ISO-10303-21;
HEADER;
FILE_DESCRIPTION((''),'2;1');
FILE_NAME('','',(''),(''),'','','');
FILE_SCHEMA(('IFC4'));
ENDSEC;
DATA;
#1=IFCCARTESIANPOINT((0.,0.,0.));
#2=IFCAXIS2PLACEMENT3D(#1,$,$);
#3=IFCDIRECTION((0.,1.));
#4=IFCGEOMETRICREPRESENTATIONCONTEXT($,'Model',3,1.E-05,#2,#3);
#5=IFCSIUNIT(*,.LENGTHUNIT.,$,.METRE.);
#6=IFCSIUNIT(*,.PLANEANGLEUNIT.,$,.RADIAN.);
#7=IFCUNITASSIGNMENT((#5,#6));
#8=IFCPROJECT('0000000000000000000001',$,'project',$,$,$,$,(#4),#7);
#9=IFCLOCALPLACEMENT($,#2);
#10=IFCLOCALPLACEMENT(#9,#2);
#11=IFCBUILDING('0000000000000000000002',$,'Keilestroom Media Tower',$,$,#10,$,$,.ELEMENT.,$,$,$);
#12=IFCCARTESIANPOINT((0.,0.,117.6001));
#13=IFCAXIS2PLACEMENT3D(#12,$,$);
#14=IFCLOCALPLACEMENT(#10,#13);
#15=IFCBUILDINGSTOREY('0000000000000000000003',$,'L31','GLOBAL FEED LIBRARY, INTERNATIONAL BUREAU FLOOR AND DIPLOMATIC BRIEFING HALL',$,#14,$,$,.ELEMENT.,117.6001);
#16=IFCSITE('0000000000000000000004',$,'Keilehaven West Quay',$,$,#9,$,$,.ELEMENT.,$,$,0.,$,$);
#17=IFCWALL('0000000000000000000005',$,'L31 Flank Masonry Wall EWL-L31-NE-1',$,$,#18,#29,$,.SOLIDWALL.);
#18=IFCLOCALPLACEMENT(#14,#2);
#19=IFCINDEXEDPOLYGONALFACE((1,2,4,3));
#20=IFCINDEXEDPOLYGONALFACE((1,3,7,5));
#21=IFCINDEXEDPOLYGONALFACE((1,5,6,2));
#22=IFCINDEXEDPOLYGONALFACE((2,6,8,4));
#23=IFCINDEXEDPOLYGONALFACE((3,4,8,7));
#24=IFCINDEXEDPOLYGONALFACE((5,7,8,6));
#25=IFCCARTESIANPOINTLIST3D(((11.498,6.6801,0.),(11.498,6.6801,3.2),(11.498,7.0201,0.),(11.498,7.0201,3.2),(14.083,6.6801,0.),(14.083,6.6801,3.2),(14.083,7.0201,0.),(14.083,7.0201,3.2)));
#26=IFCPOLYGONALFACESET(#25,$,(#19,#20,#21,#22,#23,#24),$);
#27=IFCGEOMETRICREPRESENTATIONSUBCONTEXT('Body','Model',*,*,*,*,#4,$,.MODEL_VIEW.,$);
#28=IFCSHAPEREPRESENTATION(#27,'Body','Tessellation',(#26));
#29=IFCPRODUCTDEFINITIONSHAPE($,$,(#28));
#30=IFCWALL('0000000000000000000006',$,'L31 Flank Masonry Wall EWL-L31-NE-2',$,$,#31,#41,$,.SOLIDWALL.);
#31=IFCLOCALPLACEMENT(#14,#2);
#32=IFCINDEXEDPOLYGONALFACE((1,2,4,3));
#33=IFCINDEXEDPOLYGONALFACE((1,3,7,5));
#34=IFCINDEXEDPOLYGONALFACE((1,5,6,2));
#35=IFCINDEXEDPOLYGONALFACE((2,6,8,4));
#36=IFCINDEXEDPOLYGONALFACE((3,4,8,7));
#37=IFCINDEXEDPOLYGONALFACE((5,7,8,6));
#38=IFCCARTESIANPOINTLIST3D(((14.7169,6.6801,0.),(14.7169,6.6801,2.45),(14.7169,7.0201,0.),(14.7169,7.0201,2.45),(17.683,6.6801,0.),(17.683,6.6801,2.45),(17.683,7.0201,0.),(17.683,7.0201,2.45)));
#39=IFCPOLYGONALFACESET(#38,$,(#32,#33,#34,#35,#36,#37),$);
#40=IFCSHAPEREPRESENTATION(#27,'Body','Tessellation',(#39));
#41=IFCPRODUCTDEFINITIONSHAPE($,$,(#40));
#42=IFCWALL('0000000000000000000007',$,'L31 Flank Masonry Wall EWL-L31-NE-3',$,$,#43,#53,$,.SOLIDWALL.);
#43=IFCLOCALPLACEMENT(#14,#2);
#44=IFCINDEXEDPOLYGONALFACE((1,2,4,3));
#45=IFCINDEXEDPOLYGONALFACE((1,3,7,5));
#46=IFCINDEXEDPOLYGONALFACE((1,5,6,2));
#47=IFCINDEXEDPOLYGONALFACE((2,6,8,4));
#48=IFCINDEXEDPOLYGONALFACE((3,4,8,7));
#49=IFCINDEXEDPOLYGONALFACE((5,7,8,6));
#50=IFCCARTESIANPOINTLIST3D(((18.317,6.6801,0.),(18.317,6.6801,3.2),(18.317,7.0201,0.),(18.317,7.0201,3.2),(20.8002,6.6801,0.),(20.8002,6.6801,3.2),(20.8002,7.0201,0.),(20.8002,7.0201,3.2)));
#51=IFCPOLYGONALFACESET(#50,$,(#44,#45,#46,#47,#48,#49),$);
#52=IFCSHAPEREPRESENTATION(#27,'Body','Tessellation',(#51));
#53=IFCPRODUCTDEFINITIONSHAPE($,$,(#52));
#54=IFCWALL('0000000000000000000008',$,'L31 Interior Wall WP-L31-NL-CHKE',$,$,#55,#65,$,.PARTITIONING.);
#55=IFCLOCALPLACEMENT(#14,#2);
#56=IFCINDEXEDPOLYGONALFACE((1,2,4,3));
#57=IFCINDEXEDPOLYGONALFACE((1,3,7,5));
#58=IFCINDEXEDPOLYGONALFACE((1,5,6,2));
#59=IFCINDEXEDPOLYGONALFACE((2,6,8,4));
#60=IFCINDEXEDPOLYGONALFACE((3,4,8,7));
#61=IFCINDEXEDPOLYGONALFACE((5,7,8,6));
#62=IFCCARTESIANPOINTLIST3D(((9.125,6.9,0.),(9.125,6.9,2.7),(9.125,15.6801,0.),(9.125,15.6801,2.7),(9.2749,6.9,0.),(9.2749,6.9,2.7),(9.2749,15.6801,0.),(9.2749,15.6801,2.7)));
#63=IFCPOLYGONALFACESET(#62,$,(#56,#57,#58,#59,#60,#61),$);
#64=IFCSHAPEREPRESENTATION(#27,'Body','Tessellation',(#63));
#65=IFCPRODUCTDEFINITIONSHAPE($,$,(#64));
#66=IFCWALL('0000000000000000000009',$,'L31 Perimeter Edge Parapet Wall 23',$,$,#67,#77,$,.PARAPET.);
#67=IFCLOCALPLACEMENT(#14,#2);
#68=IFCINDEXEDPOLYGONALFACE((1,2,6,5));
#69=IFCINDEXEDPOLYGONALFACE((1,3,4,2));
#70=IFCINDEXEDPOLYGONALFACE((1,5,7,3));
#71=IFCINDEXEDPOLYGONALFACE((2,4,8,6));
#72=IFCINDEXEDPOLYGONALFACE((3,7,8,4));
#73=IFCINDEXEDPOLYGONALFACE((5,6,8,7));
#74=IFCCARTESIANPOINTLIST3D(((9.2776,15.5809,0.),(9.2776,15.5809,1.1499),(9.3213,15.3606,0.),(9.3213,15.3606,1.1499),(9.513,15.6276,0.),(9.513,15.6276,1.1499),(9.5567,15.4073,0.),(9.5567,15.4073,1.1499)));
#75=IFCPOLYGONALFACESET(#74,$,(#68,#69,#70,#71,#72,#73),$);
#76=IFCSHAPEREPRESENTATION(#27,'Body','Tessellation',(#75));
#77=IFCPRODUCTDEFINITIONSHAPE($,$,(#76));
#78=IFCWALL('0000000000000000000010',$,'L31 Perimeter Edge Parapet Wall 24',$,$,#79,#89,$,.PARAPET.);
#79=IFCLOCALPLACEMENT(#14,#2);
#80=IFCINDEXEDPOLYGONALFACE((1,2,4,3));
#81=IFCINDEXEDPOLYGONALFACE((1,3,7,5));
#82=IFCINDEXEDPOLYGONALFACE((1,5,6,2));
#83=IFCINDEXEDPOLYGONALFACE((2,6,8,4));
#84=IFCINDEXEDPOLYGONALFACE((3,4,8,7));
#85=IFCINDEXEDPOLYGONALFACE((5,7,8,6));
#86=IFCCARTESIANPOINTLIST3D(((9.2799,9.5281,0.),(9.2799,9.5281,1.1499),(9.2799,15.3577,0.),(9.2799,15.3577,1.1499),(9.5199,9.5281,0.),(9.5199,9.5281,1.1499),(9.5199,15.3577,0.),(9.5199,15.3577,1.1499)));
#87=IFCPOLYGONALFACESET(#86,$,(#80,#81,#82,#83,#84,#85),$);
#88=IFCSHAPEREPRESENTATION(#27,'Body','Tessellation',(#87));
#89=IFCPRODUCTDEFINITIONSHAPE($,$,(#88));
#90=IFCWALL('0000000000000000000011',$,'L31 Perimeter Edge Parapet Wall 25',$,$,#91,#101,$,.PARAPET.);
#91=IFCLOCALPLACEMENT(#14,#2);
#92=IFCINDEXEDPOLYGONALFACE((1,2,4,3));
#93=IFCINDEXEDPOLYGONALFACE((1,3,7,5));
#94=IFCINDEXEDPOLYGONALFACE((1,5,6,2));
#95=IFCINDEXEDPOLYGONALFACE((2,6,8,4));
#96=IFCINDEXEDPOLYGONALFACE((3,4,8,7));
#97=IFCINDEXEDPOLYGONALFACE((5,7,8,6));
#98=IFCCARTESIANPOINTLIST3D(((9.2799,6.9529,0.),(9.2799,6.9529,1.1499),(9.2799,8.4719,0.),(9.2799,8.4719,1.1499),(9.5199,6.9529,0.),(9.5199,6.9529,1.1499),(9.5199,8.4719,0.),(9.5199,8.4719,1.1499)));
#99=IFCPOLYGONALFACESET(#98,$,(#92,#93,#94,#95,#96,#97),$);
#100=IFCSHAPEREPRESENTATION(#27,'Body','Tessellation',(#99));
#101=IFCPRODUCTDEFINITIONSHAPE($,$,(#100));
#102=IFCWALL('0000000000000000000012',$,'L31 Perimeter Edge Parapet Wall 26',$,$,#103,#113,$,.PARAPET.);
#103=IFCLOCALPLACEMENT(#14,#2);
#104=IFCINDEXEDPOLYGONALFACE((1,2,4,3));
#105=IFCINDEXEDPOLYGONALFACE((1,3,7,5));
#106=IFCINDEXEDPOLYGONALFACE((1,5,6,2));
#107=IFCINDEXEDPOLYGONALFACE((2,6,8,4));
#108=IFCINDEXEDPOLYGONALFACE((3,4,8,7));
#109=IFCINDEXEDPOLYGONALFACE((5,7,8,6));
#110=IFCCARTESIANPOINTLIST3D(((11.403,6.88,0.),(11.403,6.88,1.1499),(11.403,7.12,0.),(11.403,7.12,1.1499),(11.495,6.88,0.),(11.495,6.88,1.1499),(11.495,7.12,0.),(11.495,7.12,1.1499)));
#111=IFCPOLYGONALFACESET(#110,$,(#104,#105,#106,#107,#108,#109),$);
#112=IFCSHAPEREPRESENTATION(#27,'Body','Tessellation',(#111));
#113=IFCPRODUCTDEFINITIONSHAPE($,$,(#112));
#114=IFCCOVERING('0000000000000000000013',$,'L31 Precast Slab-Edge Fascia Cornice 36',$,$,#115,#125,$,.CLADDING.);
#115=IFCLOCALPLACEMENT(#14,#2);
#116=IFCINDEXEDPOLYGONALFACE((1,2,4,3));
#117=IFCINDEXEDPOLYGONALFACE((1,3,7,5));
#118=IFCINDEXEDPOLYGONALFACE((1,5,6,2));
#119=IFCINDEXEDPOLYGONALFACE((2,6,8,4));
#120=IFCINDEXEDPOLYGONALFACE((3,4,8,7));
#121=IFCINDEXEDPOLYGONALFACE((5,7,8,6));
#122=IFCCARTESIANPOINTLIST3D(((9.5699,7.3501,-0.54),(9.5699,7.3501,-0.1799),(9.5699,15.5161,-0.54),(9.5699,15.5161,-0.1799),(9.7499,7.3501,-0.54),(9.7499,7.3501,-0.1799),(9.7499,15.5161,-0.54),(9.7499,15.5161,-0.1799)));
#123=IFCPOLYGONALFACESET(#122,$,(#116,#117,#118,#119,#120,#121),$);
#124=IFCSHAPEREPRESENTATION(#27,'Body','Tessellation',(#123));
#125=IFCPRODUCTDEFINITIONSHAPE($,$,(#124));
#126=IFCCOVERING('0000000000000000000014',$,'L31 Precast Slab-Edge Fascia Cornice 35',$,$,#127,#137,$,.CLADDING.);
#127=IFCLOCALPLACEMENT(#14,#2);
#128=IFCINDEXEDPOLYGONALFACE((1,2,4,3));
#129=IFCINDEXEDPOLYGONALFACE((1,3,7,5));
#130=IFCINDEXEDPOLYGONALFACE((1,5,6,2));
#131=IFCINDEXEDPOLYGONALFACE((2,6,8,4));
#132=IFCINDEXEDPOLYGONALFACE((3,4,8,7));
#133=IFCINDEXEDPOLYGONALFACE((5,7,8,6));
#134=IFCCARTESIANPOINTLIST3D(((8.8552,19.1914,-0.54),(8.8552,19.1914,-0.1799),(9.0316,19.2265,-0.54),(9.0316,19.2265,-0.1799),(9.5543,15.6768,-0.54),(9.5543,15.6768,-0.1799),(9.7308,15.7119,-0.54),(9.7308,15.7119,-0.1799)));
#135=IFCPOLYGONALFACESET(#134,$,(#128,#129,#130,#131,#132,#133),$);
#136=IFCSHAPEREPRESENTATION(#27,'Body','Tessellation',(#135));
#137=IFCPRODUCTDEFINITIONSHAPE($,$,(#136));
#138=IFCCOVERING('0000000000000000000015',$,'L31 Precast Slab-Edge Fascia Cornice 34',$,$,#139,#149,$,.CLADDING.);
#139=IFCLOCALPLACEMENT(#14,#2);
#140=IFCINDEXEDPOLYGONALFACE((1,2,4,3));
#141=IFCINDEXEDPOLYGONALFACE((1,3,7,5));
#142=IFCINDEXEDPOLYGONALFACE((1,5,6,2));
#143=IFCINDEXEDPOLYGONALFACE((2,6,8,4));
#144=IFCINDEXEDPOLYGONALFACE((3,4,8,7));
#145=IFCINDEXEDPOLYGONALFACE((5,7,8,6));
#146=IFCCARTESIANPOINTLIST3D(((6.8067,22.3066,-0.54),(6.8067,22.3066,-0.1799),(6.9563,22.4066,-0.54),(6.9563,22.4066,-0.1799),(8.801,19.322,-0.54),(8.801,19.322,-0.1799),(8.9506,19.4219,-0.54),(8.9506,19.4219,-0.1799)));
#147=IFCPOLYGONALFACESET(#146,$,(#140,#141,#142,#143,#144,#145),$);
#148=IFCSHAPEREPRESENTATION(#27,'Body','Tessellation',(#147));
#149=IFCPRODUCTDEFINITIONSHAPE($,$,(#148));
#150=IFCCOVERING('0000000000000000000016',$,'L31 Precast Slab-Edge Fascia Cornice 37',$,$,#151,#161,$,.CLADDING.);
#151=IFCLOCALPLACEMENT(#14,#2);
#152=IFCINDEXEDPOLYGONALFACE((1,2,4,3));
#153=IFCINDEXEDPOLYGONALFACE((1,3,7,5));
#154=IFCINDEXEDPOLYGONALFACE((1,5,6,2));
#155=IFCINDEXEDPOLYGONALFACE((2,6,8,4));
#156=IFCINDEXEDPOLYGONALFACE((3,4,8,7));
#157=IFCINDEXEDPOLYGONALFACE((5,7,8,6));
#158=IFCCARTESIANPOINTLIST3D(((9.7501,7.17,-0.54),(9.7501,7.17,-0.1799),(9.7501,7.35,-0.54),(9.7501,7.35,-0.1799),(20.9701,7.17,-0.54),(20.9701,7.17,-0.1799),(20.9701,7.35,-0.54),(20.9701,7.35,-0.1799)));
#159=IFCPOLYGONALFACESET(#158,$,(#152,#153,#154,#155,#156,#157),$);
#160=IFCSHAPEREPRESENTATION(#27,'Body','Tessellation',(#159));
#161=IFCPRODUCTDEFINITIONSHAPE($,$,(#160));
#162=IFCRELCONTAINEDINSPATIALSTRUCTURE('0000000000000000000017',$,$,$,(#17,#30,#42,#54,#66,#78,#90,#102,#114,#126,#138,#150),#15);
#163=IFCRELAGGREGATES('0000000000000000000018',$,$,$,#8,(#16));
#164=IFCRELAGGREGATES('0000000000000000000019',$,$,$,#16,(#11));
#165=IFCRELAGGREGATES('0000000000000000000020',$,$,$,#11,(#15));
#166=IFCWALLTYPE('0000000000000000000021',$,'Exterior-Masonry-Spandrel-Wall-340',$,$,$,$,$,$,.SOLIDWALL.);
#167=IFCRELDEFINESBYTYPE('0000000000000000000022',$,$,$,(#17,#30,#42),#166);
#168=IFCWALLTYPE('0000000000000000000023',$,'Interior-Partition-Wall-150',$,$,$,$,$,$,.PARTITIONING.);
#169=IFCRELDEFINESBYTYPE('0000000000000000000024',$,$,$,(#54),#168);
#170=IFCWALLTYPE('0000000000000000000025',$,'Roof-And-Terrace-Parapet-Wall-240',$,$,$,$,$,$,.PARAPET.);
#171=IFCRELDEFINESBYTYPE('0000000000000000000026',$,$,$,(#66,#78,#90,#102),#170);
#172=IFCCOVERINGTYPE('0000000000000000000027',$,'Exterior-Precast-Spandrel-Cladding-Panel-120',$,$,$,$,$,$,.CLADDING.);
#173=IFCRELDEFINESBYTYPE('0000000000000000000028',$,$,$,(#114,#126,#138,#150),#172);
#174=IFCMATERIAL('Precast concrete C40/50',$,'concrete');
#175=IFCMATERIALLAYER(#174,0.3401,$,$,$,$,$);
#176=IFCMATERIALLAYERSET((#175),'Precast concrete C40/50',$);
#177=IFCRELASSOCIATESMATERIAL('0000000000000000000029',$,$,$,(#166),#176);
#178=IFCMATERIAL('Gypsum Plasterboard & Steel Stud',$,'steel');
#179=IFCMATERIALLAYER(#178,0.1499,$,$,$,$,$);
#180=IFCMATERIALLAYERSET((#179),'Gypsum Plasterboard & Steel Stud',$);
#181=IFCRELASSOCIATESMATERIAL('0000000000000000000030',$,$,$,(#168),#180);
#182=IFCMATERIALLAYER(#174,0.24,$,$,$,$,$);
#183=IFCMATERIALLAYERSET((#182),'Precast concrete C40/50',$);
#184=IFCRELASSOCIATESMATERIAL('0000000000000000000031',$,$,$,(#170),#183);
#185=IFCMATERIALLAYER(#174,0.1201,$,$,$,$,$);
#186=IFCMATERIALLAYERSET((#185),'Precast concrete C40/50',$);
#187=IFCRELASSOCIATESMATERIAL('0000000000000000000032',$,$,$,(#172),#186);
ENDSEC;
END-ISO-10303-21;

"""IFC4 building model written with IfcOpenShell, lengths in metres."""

from ifc_helpers import new_model, si_unit, direction, frame, frame_2d, origin, origin_2d, place, context, subcontext, project, spatial, rectangle, extrude, source, transform, mapped, material, layer, layer_set, type_object, element, save


model = new_model("IFC4")

# Units and contexts
model_context = context("Model", 3, precision=1e-05, world=origin(), true_north=direction((0.0, 1.0)))
body_context = subcontext(model_context, "Body", "Model", "MODEL_VIEW")
ifc_project = project(units=[si_unit("LENGTHUNIT", "METRE"), si_unit("PLANEANGLEUNIT", "RADIAN")], contexts=[model_context])

# Site, building, storey
site_placement = place(None, origin())
site = spatial("IfcSite", under=ifc_project, at=site_placement, Name="Keilehaven West Quay", CompositionType="ELEMENT", RefElevation=0.0)
building_placement = place(site_placement, origin())
building = spatial("IfcBuilding", under=site, at=building_placement, Name="Keilestroom Media Tower", CompositionType="ELEMENT")
storey_placement = place(building_placement, frame((0.0, 0.0, 117.6001)))
storey = spatial("IfcBuildingStorey", under=building, at=storey_placement, Name="L31", Description="GLOBAL FEED LIBRARY, INTERNATIONAL BUREAU FLOOR AND DIPLOMATIC BRIEFING HALL", CompositionType="ELEMENT", Elevation=117.6001)

# Shared definitions
ifc_material_1 = material(Name="Precast concrete C40/50", Category="concrete")

# Walls
ifc_layer_1 = layer(ifc_material_1, 0.3401)
ifc_layer_set_1 = layer_set([ifc_layer_1], Name="Precast concrete C40/50")
wall_type_1 = type_object("IfcWallType", Name="Exterior-Masonry-Spandrel-Wall-340", PredefinedType="SOLIDWALL", material=ifc_layer_set_1)
wall_1_placement = place(storey_placement, frame((11.498, 6.8501, 0.0), z_axis=(0.0, 0.0, 1.0), x_axis=(1.0, 0.0, 0.0)))
element("IfcWall", 1, at=wall_1_placement, inside=storey, type_object=wall_type_1, Name="L31 Flank Masonry Wall EWL-L31-NE-1", PredefinedType="SOLIDWALL", context=body_context, shape_type="SweptSolid", body=[
    extrude(rectangle(XDim=2.585, YDim=0.3401, at=frame_2d((1.2925, 0.0))), origin(), (0.0, 0.0, 1.0), 3.2),
])
wall_2_placement = place(storey_placement, frame((14.717, 6.8501, 0.0), z_axis=(0.0, 0.0, 1.0), x_axis=(1.0, 0.0, 0.0)))
element("IfcWall", 2, at=wall_2_placement, inside=storey, type_object=wall_type_1, Name="L31 Flank Masonry Wall EWL-L31-NE-2", PredefinedType="SOLIDWALL", context=body_context, shape_type="SweptSolid", body=[
    extrude(rectangle(XDim=2.9661, YDim=0.3401, at=frame_2d((1.4829, 0.0))), origin(), (0.0, 0.0, 1.0), 2.45),
])
wall_3_placement = place(storey_placement, frame((18.3169, 6.8501, 0.0), z_axis=(0.0, 0.0, 1.0), x_axis=(1.0, 0.0, 0.0)))
element("IfcWall", 3, at=wall_3_placement, inside=storey, type_object=wall_type_1, Name="L31 Flank Masonry Wall EWL-L31-NE-3", PredefinedType="SOLIDWALL", context=body_context, shape_type="SweptSolid", body=[
    extrude(rectangle(XDim=2.4832, YDim=0.3401, at=frame_2d((1.2417, 0.0))), origin(), (0.0, 0.0, 1.0), 3.2),
])
ifc_material_2 = material(Name="Gypsum Plasterboard & Steel Stud", Category="steel")
ifc_layer_2 = layer(ifc_material_2, 0.1499)
ifc_layer_set_2 = layer_set([ifc_layer_2], Name="Gypsum Plasterboard & Steel Stud")
wall_type_2 = type_object("IfcWallType", Name="Interior-Partition-Wall-150", PredefinedType="PARTITIONING", material=ifc_layer_set_2)
wall_4_placement = place(storey_placement, frame((9.2, 6.8999, 0.0), z_axis=(0.0, 0.0, 1.0), x_axis=(0.0, 1.0, 0.0)))
element("IfcWall", 4, at=wall_4_placement, inside=storey, type_object=wall_type_2, Name="L31 Interior Wall WP-L31-NL-CHKE", PredefinedType="PARTITIONING", context=body_context, shape_type="SweptSolid", body=[
    extrude(rectangle(XDim=8.78, YDim=0.1499, at=frame_2d((4.3901, 0.0))), origin(), (0.0, 0.0, 1.0), 2.7),
])
ifc_layer_3 = layer(ifc_material_1, 0.24)
ifc_layer_set_3 = layer_set([ifc_layer_3], Name="Precast concrete C40/50")
wall_type_3 = type_object("IfcWallType", Name="Roof-And-Terrace-Parapet-Wall-240", PredefinedType="PARAPET", material=ifc_layer_set_3)
wall_5_placement = place(storey_placement, frame((9.3953, 15.6042, 0.0), z_axis=(0.0, 0.0, 1.0), x_axis=(0.194652, -0.980872, 0.0)))
element("IfcWall", 5, at=wall_5_placement, inside=storey, type_object=wall_type_3, Name="L31 Perimeter Edge Parapet Wall 23", PredefinedType="PARAPET", context=body_context, shape_type="SweptSolid", body=[
    extrude(rectangle(XDim=0.2246, YDim=0.24, at=frame_2d((0.1123, 0.0))), origin(), (0.0, 0.0, 1.0), 1.1499),
])
wall_6_placement = place(storey_placement, frame((9.3999, 15.3577, 0.0), z_axis=(0.0, 0.0, 1.0), x_axis=(0.0, -1.0, 0.0)))
element("IfcWall", 6, at=wall_6_placement, inside=storey, type_object=wall_type_3, Name="L31 Perimeter Edge Parapet Wall 24", PredefinedType="PARAPET", context=body_context, shape_type="SweptSolid", body=[
    extrude(rectangle(XDim=5.8296, YDim=0.24, at=frame_2d((2.9148, 0.0))), origin(), (0.0, 0.0, 1.0), 1.1499),
])
wall_7_placement = place(storey_placement, frame((9.3999, 8.4719, 0.0), z_axis=(0.0, 0.0, 1.0), x_axis=(0.0, -1.0, 0.0)))
element("IfcWall", 7, at=wall_7_placement, inside=storey, type_object=wall_type_3, Name="L31 Perimeter Edge Parapet Wall 25", PredefinedType="PARAPET", context=body_context, shape_type="SweptSolid", body=[
    extrude(rectangle(XDim=1.519, YDim=0.24, at=frame_2d((0.7595, 0.0))), origin(), (0.0, 0.0, 1.0), 1.1499),
])
wall_8_placement = place(storey_placement, frame((11.4031, 7.0, 0.0), z_axis=(0.0, 0.0, 1.0), x_axis=(1.0, 0.0, 0.0)))
element("IfcWall", 8, at=wall_8_placement, inside=storey, type_object=wall_type_3, Name="L31 Perimeter Edge Parapet Wall 26", PredefinedType="PARAPET", context=body_context, shape_type="SweptSolid", body=[
    extrude(rectangle(XDim=0.092, YDim=0.24, at=frame_2d((0.0459, 0.0))), origin(), (0.0, 0.0, 1.0), 1.1499),
])

# Coverings
ifc_layer_4 = layer(ifc_material_1, 0.1201)
ifc_layer_set_4 = layer_set([ifc_layer_4], Name="Precast concrete C40/50")
covering_type = type_object("IfcCoveringType", Name="Exterior-Precast-Spandrel-Cladding-Panel-120", PredefinedType="CLADDING", material=ifc_layer_set_4)
shared_shape_1 = source(origin(), body_context, "Body", "SweptSolid", [
    extrude(rectangle(XDim=8.166, YDim=0.1799, at=origin_2d()), origin(), (0.0, 0.0, 1.0), 0.3601),
])
covering_1_placement = place(storey_placement, frame((9.6599, 11.4331, -0.54), z_axis=(0.0, 0.0, 1.0), x_axis=(0.0, -1.0, 0.0)))
element("IfcCovering", 9, at=covering_1_placement, inside=storey, type_object=covering_type, Name="L31 Precast Slab-Edge Fascia Cornice 36", PredefinedType="CLADDING", context=body_context, shape_type="MappedRepresentation", body=[
    mapped(shared_shape_1, transform((0.0, 0.0, 0.0), x_axis=(1.0, 0.0, 0.0), y_axis=(0.0, 1.0, 0.0), z_axis=(0.0, 0.0, 1.0), scale=1.0)),
])
shared_shape_2 = source(origin(), body_context, "Body", "SweptSolid", [
    extrude(rectangle(XDim=3.5835, YDim=0.1799, at=origin_2d()), origin(), (0.0, 0.0, 1.0), 0.3601),
])
covering_2_placement = place(storey_placement, frame((9.293, 17.4517, -0.54), z_axis=(0.0, 0.0, 1.0), x_axis=(0.195099, -0.980784, 0.0)))
element("IfcCovering", 10, at=covering_2_placement, inside=storey, type_object=covering_type, Name="L31 Precast Slab-Edge Fascia Cornice 35", PredefinedType="CLADDING", context=body_context, shape_type="MappedRepresentation", body=[
    mapped(shared_shape_2, transform((0.0, 0.0, 0.0), x_axis=(1.0, 0.0, 0.0), y_axis=(0.0, 1.0, 0.0), z_axis=(0.0, 0.0, 1.0), scale=1.0)),
])
shared_shape_3 = source(origin(), body_context, "Body", "SweptSolid", [
    extrude(rectangle(XDim=3.5896, YDim=0.1799, at=origin_2d()), origin(), (0.0, 0.0, 1.0), 0.3601),
])
covering_3_placement = place(storey_placement, frame((7.8787, 20.8643, -0.54), z_axis=(0.0, 0.0, 1.0), x_axis=(0.555575, -0.831467, 0.0)))
element("IfcCovering", 11, at=covering_3_placement, inside=storey, type_object=covering_type, Name="L31 Precast Slab-Edge Fascia Cornice 34", PredefinedType="CLADDING", context=body_context, shape_type="MappedRepresentation", body=[
    mapped(shared_shape_3, transform((0.0, 0.0, 0.0), x_axis=(1.0, 0.0, 0.0), y_axis=(0.0, 1.0, 0.0), z_axis=(0.0, 0.0, 1.0), scale=1.0)),
])
shared_shape_4 = source(origin(), body_context, "Body", "SweptSolid", [
    extrude(rectangle(XDim=11.22, YDim=0.1799, at=origin_2d()), origin(), (0.0, 0.0, 1.0), 0.3601),
])
covering_4_placement = place(storey_placement, frame((15.3601, 7.26, -0.54), z_axis=(0.0, 0.0, 1.0), x_axis=(1.0, 0.0, 0.0)))
element("IfcCovering", 12, at=covering_4_placement, inside=storey, type_object=covering_type, Name="L31 Precast Slab-Edge Fascia Cornice 37", PredefinedType="CLADDING", context=body_context, shape_type="MappedRepresentation", body=[
    mapped(shared_shape_4, transform((0.0, 0.0, 0.0), x_axis=(1.0, 0.0, 0.0), y_axis=(0.0, 1.0, 0.0), z_axis=(0.0, 0.0, 1.0), scale=1.0)),
])

save(model, "model.ifc")
